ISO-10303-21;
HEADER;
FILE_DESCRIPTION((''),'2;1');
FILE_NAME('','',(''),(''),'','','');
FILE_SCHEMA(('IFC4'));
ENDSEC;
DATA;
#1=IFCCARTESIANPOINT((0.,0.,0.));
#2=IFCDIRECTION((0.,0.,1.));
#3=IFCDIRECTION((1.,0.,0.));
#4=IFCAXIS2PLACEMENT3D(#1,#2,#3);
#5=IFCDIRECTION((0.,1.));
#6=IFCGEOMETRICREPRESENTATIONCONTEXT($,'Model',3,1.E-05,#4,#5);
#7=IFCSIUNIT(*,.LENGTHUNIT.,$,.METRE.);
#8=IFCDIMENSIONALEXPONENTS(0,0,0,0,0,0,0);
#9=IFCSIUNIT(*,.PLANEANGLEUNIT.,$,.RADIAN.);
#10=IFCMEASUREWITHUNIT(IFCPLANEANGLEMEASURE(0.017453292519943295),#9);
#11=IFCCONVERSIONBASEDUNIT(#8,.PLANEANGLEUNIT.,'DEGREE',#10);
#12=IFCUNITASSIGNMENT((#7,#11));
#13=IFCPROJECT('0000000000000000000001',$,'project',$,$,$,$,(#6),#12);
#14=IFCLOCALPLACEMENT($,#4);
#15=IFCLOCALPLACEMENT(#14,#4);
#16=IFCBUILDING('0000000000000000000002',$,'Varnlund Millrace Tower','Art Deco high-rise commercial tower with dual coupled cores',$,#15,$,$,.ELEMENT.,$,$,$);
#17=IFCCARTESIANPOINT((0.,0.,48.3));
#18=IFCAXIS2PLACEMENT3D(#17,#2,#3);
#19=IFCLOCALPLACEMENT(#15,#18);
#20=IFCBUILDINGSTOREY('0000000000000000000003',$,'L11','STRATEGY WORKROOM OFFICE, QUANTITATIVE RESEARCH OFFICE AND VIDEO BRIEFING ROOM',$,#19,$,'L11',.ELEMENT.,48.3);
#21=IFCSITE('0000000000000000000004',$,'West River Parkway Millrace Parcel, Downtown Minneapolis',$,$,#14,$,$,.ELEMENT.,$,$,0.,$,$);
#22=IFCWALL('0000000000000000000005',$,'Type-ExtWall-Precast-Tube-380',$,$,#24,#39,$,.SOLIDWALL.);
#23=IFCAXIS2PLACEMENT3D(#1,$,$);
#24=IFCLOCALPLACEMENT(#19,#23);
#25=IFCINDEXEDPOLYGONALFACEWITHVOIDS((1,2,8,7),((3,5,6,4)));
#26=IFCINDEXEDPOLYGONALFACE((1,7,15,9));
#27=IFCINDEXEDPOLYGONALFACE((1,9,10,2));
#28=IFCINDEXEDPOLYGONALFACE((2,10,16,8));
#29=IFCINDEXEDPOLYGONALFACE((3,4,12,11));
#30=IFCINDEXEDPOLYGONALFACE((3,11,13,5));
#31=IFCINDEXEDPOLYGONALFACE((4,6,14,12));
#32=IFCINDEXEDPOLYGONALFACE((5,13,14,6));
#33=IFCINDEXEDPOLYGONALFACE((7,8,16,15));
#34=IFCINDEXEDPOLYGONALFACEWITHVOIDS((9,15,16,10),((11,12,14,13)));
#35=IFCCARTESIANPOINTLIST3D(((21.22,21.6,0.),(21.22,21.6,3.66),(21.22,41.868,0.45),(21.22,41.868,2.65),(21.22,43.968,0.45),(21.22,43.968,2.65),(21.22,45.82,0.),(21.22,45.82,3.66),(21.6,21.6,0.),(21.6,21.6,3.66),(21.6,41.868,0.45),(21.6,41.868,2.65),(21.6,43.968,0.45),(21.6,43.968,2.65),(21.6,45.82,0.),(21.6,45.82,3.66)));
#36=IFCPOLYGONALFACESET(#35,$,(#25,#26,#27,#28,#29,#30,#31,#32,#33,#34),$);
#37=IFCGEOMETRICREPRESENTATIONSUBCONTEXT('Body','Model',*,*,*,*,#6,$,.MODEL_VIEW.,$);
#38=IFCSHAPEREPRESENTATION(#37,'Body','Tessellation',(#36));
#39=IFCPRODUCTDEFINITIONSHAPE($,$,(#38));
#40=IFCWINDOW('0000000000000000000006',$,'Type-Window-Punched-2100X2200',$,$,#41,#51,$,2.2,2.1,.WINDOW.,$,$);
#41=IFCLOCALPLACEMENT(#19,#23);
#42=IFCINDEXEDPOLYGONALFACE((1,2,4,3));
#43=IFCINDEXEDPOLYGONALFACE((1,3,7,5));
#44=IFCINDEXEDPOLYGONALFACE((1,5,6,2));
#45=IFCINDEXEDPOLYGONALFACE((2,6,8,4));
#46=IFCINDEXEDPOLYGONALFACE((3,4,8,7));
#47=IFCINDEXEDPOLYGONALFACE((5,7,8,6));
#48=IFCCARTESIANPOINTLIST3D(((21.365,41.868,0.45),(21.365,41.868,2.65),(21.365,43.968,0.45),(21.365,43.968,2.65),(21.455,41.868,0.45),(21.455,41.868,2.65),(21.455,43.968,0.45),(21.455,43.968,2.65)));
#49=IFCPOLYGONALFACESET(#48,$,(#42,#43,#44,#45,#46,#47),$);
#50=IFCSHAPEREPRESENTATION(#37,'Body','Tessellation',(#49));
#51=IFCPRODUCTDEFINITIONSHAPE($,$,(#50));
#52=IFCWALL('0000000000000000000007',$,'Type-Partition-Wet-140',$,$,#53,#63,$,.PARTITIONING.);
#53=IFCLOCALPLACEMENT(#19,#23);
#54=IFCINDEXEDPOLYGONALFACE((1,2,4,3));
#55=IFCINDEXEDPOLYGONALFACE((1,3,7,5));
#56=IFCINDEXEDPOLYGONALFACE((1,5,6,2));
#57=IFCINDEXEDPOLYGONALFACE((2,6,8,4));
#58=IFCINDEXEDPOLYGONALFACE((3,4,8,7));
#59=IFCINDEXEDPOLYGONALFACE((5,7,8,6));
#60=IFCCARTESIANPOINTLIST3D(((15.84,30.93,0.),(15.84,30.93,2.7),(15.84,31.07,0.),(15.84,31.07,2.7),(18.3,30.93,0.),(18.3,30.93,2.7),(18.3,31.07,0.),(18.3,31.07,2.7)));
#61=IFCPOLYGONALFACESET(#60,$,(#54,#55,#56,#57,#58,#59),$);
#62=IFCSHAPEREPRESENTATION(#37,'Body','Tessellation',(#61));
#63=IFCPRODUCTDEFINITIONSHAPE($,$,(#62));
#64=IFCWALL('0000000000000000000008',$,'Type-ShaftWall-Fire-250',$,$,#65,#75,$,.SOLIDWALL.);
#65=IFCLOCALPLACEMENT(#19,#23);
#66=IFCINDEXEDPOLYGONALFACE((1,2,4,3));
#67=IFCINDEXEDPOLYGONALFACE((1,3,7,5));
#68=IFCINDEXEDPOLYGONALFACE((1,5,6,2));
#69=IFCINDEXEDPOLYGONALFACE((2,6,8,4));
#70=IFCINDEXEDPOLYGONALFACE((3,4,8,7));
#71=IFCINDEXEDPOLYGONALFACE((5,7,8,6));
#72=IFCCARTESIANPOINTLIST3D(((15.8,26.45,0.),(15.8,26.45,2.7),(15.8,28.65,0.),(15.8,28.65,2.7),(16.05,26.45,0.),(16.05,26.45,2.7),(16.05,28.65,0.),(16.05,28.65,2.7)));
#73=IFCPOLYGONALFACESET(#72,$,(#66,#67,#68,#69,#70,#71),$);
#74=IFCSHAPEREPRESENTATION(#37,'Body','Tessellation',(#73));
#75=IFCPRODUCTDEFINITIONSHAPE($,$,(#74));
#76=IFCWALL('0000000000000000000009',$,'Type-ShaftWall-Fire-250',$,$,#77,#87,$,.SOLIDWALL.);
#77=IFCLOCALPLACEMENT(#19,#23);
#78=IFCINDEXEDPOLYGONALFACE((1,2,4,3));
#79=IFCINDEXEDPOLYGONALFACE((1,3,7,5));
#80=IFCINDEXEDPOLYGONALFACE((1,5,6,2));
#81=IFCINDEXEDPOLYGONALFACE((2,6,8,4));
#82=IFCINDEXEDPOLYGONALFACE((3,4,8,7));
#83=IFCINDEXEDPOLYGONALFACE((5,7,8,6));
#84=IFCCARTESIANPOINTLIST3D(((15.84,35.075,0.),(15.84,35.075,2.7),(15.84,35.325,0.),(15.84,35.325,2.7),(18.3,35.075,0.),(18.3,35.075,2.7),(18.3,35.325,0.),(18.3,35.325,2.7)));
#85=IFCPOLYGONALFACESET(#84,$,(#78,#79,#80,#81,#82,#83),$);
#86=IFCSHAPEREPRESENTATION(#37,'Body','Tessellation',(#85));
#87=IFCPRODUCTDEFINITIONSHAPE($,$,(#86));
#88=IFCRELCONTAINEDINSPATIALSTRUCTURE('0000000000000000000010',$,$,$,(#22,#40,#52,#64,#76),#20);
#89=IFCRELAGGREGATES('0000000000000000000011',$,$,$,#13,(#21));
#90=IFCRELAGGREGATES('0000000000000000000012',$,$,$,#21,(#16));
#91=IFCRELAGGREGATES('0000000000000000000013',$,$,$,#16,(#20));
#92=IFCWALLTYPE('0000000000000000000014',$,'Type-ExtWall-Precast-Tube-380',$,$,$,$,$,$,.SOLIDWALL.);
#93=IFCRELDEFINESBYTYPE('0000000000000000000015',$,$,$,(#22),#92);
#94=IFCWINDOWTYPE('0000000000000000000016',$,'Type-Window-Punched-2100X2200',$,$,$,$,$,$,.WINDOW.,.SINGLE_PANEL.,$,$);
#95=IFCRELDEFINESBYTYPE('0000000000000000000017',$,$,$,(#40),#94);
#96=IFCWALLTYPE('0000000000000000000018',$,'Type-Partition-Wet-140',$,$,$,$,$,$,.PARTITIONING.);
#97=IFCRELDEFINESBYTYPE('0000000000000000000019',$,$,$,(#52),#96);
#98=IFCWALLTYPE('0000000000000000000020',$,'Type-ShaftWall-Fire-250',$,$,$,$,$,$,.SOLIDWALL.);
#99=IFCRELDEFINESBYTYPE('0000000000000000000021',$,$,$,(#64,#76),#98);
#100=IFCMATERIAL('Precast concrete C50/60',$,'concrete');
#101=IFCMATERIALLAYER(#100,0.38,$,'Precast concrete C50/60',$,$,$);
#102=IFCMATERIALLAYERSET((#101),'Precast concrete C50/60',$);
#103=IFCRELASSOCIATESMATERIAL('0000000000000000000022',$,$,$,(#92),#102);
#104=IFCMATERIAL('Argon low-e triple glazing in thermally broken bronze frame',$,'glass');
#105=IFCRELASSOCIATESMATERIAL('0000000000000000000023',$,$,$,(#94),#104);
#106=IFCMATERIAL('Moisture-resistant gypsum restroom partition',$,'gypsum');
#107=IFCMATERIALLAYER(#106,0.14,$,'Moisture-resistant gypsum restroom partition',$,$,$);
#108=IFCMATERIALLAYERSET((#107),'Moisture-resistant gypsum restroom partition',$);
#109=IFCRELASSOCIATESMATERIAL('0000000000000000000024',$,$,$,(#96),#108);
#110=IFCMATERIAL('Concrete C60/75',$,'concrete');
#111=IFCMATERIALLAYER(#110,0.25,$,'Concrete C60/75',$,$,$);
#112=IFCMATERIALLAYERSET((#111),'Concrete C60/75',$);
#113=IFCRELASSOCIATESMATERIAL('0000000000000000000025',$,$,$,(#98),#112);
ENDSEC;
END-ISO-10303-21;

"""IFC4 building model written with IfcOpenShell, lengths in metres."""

from ifc_helpers import new_model, entity, si_unit, converted_unit, direction, frame, origin_with_axes, origin_2d_with_axis, place, context, subcontext, project, spatial, polyline, rectangle, outline, extrude, material, layer, layer_set, type_object, element, fill, save


model = new_model("IFC4")

# Units and contexts
model_context = context("Model", 3, precision=1e-05, world=origin_with_axes(), true_north=direction((0.0, 1.0)))
body_context = subcontext(model_context, "Body", "Model", "MODEL_VIEW")
ifc_project = project(units=[si_unit("LENGTHUNIT", "METRE"), converted_unit("PLANEANGLEUNIT", "DEGREE", entity("IfcPlaneAngleMeasure", 0.017453292519943295), si_unit("PLANEANGLEUNIT", "RADIAN"), dimensions=[0, 0, 0, 0, 0, 0, 0])], contexts=[model_context])

# Site, building, storey
site_placement = place(None, origin_with_axes())
site = spatial("IfcSite", under=ifc_project, at=site_placement, Name="West River Parkway Millrace Parcel, Downtown Minneapolis", CompositionType="ELEMENT", RefElevation=0.0)
building_placement = place(site_placement, origin_with_axes())
building = spatial("IfcBuilding", under=site, at=building_placement, Name="Varnlund Millrace Tower", Description="Art Deco high-rise commercial tower with dual coupled cores", CompositionType="ELEMENT")
storey_placement = place(building_placement, frame((0.0, 0.0, 48.3), z_axis=(0.0, 0.0, 1.0), x_axis=(1.0, 0.0, 0.0)))
storey = spatial("IfcBuildingStorey", under=building, at=storey_placement, Name="L11", Description="STRATEGY WORKROOM OFFICE, QUANTITATIVE RESEARCH OFFICE AND VIDEO BRIEFING ROOM", LongName="L11", CompositionType="ELEMENT", Elevation=48.3)

# Shared definitions
ifc_material_1 = material(Name="Precast concrete C50/60", Category="concrete")
ifc_layer_1 = layer(ifc_material_1, 0.38, Name="Precast concrete C50/60")
ifc_layer_set_1 = layer_set([ifc_layer_1], Name="Precast concrete C50/60")
wall_type_1 = type_object("IfcWallType", Name="Type-ExtWall-Precast-Tube-380", PredefinedType="SOLIDWALL", material=ifc_layer_set_1)

# Wall, opening, window
wall_1_placement = place(storey_placement, frame((21.41, 45.82, 0.0), z_axis=(0.0, 0.0, 1.0), x_axis=(0.0, -1.0, 0.0)))
wall_1 = element("IfcWall", 1, at=wall_1_placement, inside=storey, type_object=wall_type_1, Name="Type-ExtWall-Precast-Tube-380", PredefinedType="SOLIDWALL", context=body_context, shape_type="SweptSolid", body=[
    extrude(outline(polyline([(0.0, -0.19), (24.22, -0.19), (24.22, 0.19), (0.0, 0.19), (0.0, -0.19)])), origin_with_axes(), (0.0, 0.0, 1.0), 3.66),
])
opening_placement = place(wall_1_placement, frame((2.902, 0.0, 0.45), z_axis=(0.0, 0.0, 1.0), x_axis=(1.0, 0.0, 0.0)))
opening = element("IfcOpeningElement", 2, at=opening_placement, cuts=wall_1, PredefinedType="OPENING", context=body_context, shape_type="SweptSolid", body=[
    extrude(rectangle(XDim=2.1, YDim=0.4, at=origin_2d_with_axis()), origin_with_axes(), (0.0, 0.0, 1.0), 2.2),
])
ifc_material_2 = material(Name="Argon low-e triple glazing in thermally broken bronze frame", Category="glass")
window_type = type_object("IfcWindowType", Name="Type-Window-Punched-2100X2200", PartitioningType="SINGLE_PANEL", PredefinedType="WINDOW", material=ifc_material_2)
window_placement = place(wall_1_placement, frame((2.902, 0.0, 0.45), z_axis=(0.0, 0.0, 1.0), x_axis=(1.0, 0.0, 0.0)))
window = element("IfcWindow", 3, at=window_placement, inside=storey, type_object=window_type, Name="Type-Window-Punched-2100X2200", OverallHeight=2.2, OverallWidth=2.1, PredefinedType="WINDOW", context=body_context, shape_type="SweptSolid", body=[
    extrude(rectangle(XDim=2.1, YDim=0.09, at=origin_2d_with_axis()), origin_with_axes(), (0.0, 0.0, 1.0), 2.2),
])
fill(opening, window)

# Walls
ifc_material_3 = material(Name="Moisture-resistant gypsum restroom partition", Category="gypsum")
ifc_layer_2 = layer(ifc_material_3, 0.14, Name="Moisture-resistant gypsum restroom partition")
ifc_layer_set_2 = layer_set([ifc_layer_2], Name="Moisture-resistant gypsum restroom partition")
wall_type_2 = type_object("IfcWallType", Name="Type-Partition-Wet-140", PredefinedType="PARTITIONING", material=ifc_layer_set_2)
wall_2_placement = place(storey_placement, frame((15.84, 31.0, 0.0), z_axis=(0.0, 0.0, 1.0), x_axis=(1.0, 0.0, 0.0)))
element("IfcWall", 4, at=wall_2_placement, inside=storey, type_object=wall_type_2, Name="Type-Partition-Wet-140", PredefinedType="PARTITIONING", context=body_context, shape_type="SweptSolid", body=[
    extrude(outline(polyline([(0.0, -0.07), (2.46, -0.07), (2.46, 0.07), (0.0, 0.07), (0.0, -0.07)])), origin_with_axes(), (0.0, 0.0, 1.0), 2.7),
])
ifc_material_4 = material(Name="Concrete C60/75", Category="concrete")
ifc_layer_3 = layer(ifc_material_4, 0.25, Name="Concrete C60/75")
ifc_layer_set_3 = layer_set([ifc_layer_3], Name="Concrete C60/75")
wall_type_3 = type_object("IfcWallType", Name="Type-ShaftWall-Fire-250", PredefinedType="SOLIDWALL", material=ifc_layer_set_3)
wall_3_placement = place(storey_placement, frame((15.925, 26.45, 0.0), z_axis=(0.0, 0.0, 1.0), x_axis=(0.0, 1.0, 0.0)))
element("IfcWall", 5, at=wall_3_placement, inside=storey, type_object=wall_type_3, Name="Type-ShaftWall-Fire-250", PredefinedType="SOLIDWALL", context=body_context, shape_type="SweptSolid", body=[
    extrude(outline(polyline([(0.0, -0.125), (2.2, -0.125), (2.2, 0.125), (0.0, 0.125), (0.0, -0.125)])), origin_with_axes(), (0.0, 0.0, 1.0), 2.7),
])
wall_4_placement = place(storey_placement, frame((15.84, 35.2, 0.0), z_axis=(0.0, 0.0, 1.0), x_axis=(1.0, 0.0, 0.0)))
element("IfcWall", 6, at=wall_4_placement, inside=storey, type_object=wall_type_3, Name="Type-ShaftWall-Fire-250", PredefinedType="SOLIDWALL", context=body_context, shape_type="SweptSolid", body=[
    extrude(outline(polyline([(0.0, -0.125), (2.46, -0.125), (2.46, 0.125), (0.0, 0.125), (0.0, -0.125)])), origin_with_axes(), (0.0, 0.0, 1.0), 2.7),
])

save(model, "model.ifc")
